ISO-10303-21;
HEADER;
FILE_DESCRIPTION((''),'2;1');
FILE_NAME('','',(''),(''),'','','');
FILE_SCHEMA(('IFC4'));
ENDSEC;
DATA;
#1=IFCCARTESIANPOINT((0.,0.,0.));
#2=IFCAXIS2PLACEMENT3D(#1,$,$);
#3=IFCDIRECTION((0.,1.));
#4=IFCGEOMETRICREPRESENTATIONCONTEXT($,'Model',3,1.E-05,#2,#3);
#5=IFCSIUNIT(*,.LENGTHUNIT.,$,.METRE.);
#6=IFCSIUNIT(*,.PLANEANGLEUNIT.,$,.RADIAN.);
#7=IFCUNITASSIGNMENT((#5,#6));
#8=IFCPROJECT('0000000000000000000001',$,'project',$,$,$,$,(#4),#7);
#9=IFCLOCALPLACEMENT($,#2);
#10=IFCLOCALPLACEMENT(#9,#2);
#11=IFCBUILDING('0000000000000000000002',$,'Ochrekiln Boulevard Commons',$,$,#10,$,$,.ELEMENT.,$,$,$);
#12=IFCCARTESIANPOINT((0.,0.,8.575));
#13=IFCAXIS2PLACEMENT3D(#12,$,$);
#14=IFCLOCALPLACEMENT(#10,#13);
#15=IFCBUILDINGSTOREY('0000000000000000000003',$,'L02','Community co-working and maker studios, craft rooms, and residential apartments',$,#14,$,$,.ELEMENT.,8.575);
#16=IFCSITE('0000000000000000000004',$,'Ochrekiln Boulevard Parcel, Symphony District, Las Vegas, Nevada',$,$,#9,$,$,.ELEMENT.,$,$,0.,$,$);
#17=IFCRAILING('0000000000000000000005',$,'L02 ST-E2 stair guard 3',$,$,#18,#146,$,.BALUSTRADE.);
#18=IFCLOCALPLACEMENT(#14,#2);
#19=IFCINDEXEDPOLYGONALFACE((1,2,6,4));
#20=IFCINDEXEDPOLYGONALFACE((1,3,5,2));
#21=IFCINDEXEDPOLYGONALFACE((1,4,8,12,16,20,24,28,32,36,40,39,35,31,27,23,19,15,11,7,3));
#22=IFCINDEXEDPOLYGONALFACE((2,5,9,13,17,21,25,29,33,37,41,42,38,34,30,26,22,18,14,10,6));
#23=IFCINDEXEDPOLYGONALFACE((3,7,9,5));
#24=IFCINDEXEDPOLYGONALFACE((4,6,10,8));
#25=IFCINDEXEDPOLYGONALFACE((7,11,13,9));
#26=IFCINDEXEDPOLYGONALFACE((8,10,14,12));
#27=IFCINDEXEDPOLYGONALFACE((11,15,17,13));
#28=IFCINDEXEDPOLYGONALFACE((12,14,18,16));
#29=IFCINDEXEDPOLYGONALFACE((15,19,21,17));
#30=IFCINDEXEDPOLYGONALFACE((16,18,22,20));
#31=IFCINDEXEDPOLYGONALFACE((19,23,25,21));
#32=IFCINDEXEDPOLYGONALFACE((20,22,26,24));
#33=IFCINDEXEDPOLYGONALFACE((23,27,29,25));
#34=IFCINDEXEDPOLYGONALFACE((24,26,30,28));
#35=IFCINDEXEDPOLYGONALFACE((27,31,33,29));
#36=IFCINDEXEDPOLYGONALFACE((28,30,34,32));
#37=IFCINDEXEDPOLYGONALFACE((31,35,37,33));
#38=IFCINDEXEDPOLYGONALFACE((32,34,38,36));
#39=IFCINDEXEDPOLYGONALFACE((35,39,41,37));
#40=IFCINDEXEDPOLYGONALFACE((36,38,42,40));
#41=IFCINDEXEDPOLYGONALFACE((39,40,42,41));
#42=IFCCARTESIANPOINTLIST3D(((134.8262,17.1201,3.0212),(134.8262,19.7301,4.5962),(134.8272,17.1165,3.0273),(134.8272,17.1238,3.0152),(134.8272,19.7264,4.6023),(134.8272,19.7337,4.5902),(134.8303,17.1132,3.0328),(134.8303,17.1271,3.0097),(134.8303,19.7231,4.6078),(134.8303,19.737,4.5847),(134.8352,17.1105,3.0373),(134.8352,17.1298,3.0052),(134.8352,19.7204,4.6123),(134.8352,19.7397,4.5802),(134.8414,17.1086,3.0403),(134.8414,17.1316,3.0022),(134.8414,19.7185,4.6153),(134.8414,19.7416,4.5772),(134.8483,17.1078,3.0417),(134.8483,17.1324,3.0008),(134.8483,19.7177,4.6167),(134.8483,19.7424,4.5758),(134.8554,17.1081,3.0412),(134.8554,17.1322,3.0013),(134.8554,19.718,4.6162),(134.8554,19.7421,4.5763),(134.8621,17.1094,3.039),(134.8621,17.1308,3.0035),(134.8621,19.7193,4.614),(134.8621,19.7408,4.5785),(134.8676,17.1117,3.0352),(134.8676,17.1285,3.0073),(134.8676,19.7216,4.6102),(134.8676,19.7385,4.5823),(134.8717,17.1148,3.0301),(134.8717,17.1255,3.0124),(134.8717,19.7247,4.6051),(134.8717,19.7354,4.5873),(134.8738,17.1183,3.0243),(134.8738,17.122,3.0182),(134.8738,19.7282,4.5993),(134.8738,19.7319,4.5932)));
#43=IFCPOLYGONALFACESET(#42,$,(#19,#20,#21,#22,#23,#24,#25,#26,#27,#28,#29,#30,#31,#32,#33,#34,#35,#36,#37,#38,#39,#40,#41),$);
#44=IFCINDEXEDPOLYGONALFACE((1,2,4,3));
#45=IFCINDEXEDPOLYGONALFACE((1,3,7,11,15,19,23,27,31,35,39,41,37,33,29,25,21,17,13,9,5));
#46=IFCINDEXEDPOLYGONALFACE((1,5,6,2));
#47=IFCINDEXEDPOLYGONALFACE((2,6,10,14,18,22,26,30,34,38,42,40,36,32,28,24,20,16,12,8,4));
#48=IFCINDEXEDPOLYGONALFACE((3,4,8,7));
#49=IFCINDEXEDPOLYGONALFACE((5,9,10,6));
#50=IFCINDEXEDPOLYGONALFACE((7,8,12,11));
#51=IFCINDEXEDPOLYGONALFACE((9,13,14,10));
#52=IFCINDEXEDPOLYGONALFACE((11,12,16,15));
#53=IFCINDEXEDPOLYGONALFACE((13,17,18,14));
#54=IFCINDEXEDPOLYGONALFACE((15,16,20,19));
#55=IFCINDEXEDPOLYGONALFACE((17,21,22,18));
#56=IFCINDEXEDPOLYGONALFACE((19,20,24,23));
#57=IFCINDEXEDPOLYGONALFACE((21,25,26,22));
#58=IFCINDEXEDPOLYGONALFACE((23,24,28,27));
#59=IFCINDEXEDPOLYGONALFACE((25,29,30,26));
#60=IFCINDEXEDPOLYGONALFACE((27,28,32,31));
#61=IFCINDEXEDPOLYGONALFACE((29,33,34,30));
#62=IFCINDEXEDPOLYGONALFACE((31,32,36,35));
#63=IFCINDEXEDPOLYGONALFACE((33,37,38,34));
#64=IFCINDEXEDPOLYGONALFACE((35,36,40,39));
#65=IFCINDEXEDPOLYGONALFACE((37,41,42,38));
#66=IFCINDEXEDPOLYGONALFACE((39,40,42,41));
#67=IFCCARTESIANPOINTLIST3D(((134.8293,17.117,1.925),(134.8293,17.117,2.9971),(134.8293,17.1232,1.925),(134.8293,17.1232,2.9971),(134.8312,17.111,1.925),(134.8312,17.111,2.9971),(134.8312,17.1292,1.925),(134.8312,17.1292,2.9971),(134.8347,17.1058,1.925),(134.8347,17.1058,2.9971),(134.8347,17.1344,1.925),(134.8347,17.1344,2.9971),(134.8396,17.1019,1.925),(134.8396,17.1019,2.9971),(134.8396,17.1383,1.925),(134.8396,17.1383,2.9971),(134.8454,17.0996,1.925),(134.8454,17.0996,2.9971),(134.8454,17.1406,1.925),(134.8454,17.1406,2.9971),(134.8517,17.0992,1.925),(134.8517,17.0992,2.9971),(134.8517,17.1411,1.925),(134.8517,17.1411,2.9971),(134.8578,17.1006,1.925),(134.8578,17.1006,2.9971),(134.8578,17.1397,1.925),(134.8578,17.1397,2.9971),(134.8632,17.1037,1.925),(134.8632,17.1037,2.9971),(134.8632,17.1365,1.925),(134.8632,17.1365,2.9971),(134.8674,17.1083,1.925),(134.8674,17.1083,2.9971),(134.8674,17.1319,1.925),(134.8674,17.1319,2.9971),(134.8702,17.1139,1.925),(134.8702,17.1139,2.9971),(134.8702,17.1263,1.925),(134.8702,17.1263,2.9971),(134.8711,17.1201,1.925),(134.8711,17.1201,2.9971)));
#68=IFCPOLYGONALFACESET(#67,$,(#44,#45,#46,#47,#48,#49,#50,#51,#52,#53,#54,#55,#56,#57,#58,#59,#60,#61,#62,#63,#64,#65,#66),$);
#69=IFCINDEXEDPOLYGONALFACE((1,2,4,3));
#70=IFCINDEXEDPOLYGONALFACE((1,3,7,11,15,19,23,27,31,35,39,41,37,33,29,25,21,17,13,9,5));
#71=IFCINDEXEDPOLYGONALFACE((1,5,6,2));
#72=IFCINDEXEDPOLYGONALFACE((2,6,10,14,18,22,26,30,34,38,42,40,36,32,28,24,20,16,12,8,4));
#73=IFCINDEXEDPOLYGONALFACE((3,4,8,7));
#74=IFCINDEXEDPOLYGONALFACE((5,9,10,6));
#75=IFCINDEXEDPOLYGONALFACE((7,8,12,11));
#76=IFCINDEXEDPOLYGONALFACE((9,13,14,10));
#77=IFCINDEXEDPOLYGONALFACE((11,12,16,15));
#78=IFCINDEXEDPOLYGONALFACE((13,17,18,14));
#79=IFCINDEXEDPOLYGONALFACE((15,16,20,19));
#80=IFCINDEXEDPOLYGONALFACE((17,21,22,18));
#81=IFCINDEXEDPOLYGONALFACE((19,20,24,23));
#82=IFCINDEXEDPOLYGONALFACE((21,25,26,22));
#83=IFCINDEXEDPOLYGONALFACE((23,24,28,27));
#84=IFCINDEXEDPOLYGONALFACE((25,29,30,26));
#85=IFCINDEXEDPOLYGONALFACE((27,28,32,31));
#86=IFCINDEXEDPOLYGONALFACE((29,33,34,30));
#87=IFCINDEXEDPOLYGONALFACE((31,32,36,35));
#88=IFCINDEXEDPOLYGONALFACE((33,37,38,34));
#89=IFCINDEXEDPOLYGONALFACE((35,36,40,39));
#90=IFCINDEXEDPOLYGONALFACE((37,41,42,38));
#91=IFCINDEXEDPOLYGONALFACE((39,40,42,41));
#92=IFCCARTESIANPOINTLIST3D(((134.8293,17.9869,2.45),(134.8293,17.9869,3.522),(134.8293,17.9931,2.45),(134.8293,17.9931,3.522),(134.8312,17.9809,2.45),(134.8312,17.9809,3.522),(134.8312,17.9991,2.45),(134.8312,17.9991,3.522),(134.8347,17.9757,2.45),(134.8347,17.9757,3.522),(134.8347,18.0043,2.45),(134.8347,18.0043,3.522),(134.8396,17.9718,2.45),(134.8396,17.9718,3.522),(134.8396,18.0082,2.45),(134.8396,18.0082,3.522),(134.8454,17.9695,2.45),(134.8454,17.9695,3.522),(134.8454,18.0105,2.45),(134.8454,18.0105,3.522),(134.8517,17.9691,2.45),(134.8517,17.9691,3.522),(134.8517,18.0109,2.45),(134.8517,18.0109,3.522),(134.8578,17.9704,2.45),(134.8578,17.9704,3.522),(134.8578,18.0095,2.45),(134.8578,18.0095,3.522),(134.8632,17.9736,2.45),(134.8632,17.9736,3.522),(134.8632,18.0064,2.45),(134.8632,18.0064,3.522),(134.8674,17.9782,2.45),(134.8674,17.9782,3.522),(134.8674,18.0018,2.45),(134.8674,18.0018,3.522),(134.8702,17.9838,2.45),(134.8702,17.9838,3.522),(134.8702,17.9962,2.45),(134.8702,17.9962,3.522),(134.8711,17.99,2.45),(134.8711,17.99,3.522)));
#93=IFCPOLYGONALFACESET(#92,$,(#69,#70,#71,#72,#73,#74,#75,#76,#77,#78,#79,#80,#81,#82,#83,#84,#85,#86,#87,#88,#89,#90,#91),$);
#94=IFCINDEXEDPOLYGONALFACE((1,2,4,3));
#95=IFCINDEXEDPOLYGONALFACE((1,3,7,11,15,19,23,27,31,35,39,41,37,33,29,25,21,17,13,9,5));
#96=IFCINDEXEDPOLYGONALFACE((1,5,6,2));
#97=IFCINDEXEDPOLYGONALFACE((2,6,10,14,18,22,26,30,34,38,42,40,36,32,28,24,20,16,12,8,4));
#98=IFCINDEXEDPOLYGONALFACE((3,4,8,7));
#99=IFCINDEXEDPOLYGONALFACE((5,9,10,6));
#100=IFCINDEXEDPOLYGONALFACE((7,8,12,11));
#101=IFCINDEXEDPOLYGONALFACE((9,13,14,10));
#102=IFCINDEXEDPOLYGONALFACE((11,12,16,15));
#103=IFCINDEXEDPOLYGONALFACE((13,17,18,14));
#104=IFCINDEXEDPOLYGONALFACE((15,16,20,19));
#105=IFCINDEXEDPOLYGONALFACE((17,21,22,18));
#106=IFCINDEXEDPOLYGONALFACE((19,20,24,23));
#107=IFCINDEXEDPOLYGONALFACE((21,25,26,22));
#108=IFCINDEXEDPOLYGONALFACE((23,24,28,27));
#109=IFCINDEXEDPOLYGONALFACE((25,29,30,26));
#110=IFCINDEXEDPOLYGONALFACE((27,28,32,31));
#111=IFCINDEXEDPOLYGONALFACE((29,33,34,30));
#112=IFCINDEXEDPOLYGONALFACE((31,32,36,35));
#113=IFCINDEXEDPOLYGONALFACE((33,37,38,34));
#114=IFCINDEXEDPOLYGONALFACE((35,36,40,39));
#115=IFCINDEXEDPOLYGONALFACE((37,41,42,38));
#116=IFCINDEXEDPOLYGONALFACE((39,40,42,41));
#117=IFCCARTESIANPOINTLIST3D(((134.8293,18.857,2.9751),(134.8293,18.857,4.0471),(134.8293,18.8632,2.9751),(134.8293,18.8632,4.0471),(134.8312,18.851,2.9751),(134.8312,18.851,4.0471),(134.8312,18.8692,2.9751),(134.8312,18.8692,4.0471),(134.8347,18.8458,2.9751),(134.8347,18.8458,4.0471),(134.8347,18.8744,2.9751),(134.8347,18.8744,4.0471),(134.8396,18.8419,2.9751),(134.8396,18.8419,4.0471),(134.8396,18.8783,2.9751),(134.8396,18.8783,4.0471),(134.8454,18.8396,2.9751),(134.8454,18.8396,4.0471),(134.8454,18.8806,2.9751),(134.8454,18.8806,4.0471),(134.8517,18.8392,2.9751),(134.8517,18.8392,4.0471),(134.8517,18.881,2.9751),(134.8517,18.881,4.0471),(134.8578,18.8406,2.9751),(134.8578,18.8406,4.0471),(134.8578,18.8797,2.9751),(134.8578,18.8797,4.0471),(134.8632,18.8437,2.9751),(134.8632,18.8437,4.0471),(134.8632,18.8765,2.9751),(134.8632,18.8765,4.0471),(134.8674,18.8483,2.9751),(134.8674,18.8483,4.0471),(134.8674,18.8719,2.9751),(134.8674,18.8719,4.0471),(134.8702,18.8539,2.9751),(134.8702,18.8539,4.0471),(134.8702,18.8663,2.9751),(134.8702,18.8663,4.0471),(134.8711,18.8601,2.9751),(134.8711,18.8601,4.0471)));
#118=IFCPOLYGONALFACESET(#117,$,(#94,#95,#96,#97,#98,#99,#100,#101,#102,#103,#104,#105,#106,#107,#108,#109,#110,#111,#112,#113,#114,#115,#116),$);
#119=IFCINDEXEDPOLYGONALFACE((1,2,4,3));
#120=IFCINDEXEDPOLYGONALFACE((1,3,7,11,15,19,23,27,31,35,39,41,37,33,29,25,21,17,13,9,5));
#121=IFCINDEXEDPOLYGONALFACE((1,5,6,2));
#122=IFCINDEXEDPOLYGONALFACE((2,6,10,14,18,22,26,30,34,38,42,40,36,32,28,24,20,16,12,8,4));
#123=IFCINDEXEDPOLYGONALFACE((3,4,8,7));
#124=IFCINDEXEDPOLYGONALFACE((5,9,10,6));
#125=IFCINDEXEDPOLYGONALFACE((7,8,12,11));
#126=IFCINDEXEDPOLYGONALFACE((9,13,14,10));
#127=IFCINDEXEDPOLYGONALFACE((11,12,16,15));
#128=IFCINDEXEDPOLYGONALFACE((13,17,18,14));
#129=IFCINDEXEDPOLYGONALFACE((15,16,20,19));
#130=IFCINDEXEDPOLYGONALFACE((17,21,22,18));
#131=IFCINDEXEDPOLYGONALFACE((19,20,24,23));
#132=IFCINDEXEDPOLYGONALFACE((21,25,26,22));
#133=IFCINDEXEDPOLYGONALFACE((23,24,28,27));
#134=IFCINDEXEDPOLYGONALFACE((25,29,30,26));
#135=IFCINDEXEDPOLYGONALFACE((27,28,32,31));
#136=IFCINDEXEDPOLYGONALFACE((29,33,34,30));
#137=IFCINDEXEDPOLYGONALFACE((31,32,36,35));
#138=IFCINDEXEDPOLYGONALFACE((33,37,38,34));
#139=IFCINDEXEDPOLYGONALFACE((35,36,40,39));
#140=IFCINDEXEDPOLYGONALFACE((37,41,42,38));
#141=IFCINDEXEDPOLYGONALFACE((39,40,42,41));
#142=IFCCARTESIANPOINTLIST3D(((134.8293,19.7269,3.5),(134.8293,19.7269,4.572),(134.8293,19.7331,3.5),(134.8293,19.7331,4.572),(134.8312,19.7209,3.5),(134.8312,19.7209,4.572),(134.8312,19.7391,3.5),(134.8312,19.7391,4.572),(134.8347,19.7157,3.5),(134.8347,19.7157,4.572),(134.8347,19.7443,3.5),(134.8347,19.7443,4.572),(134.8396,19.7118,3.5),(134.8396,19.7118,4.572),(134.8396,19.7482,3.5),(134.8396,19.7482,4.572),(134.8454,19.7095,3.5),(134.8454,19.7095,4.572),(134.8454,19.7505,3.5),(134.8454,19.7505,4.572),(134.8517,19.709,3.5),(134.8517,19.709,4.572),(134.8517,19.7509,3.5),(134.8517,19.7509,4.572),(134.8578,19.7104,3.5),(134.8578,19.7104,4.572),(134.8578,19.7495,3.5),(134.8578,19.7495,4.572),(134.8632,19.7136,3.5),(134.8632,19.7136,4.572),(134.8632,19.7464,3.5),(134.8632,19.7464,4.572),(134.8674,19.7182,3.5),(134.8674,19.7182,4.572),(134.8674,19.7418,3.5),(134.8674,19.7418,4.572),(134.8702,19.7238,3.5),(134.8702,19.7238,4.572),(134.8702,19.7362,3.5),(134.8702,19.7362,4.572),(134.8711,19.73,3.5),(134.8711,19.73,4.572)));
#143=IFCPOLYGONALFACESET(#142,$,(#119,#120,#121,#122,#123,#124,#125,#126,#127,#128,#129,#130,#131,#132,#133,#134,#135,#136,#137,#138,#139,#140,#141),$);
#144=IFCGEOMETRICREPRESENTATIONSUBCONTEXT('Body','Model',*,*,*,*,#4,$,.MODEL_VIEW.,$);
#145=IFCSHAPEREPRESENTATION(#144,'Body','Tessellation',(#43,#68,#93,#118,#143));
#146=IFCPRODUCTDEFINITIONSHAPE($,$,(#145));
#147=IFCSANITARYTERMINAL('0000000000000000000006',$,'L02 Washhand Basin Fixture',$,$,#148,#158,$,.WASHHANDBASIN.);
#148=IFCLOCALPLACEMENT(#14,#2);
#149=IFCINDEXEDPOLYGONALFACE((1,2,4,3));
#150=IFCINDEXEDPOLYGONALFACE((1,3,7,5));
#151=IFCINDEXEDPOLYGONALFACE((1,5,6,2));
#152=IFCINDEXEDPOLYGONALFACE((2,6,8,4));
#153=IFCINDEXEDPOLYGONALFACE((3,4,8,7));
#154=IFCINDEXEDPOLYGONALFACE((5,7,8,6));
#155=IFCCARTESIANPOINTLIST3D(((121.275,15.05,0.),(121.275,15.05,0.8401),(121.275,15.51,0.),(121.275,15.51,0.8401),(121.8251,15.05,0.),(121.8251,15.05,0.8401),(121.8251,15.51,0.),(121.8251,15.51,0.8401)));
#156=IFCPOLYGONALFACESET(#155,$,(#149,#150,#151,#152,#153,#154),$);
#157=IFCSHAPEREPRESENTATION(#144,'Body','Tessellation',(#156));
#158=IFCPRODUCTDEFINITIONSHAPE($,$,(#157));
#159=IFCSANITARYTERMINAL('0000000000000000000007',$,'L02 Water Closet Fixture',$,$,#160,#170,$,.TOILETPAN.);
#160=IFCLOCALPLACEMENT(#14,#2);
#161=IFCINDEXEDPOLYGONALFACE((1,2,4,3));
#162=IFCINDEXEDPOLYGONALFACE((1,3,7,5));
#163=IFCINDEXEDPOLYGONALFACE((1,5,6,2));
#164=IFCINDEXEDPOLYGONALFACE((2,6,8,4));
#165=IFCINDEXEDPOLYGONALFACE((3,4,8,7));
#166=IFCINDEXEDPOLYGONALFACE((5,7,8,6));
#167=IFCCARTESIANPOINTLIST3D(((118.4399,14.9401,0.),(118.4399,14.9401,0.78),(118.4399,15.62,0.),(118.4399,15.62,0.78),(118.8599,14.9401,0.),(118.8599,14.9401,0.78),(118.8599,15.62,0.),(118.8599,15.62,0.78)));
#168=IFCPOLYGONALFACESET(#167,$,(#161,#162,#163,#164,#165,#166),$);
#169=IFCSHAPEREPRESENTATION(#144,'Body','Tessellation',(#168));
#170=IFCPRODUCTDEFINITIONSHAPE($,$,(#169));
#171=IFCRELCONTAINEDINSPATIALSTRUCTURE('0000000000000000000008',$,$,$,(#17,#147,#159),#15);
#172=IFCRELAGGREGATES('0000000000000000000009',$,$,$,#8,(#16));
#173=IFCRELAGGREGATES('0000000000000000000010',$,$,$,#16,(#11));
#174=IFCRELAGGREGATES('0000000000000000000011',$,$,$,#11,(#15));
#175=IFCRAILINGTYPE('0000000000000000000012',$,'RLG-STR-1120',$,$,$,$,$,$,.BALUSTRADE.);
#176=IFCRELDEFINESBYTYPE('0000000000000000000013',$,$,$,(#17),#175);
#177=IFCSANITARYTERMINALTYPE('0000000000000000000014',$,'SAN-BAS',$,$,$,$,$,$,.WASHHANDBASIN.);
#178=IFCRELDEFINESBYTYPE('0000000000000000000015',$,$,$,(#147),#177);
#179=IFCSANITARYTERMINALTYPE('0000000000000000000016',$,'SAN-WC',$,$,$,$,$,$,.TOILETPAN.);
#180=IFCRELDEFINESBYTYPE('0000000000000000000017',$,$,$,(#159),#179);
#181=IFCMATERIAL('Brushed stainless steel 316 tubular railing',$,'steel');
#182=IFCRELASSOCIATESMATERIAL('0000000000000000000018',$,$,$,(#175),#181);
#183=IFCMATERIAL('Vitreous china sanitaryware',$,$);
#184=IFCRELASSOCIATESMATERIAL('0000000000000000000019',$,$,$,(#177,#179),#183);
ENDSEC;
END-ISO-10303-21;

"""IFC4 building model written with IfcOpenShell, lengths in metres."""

from ifc_helpers import new_model, si_unit, direction, frame, origin, origin_2d, place, context, subcontext, project, spatial, rectangle, circle, extrude, material, type_object, element, save


model = new_model("IFC4")

# Units and contexts
model_context = context("Model", 3, precision=1e-05, world=origin(), true_north=direction((0.0, 1.0)))
body_context = subcontext(model_context, "Body", "Model", "MODEL_VIEW")
ifc_project = project(units=[si_unit("LENGTHUNIT", "METRE"), si_unit("PLANEANGLEUNIT", "RADIAN")], contexts=[model_context])

# Site, building, storey
site_placement = place(None, origin())
site = spatial("IfcSite", under=ifc_project, at=site_placement, Name="Ochrekiln Boulevard Parcel, Symphony District, Las Vegas, Nevada", CompositionType="ELEMENT", RefElevation=0.0)
building_placement = place(site_placement, origin())
building = spatial("IfcBuilding", under=site, at=building_placement, Name="Ochrekiln Boulevard Commons", CompositionType="ELEMENT")
storey_placement = place(building_placement, frame((0.0, 0.0, 8.575)))
storey = spatial("IfcBuildingStorey", under=building, at=storey_placement, Name="L02", Description="Community co-working and maker studios, craft rooms, and residential apartments", CompositionType="ELEMENT", Elevation=8.575)

# Railing
ifc_material_1 = material(Name="Brushed stainless steel 316 tubular railing", Category="steel")
railing_type_1 = type_object("IfcRailingType", Name="RLG-STR-1120", PredefinedType="BALUSTRADE", material=ifc_material_1)
railing_1_placement = place(storey_placement, frame((134.8501, 17.1201, 1.925)))
element("IfcRailing", 1, at=railing_1_placement, inside=storey, type_object=railing_type_1, Name="L02 ST-E2 stair guard 3", PredefinedType="BALUSTRADE", context=body_context, shape_type="SweptSolid", body=[
    extrude(circle(Radius=0.0239, at=origin_2d()), frame((0.0, 0.0, 1.0962), z_axis=(0.0, 0.856183, 0.516673), x_axis=(-1.0, 0.0, 0.0)), (0.0, 0.0, 1.0), 3.0483),
    extrude(circle(Radius=0.021, at=origin_2d()), origin(), (0.0, 0.0, 1.0), 1.072),
    extrude(circle(Radius=0.021, at=origin_2d()), frame((0.0, 0.8699, 0.5249)), (0.0, 0.0, 1.0), 1.072),
    extrude(circle(Radius=0.021, at=origin_2d()), frame((0.0, 1.74, 1.05)), (0.0, 0.0, 1.0), 1.072),
    extrude(circle(Radius=0.021, at=origin_2d()), frame((0.0, 2.6099, 1.575)), (0.0, 0.0, 1.0), 1.072),
])

# Sanitary terminals
ifc_material_2 = material(Name="Vitreous china sanitaryware")
sanitary_terminal_type_1 = type_object("IfcSanitaryTerminalType", Name="SAN-BAS", PredefinedType="WASHHANDBASIN", material=ifc_material_2)
sanitary_terminal_1_placement = place(storey_placement, frame((121.55, 15.28, 0.0), z_axis=(0.0, 0.0, 1.0), x_axis=(1.0, 0.0, 0.0)))
element("IfcSanitaryTerminal", 2, at=sanitary_terminal_1_placement, inside=storey, type_object=sanitary_terminal_type_1, Name="L02 Washhand Basin Fixture", PredefinedType="WASHHANDBASIN", context=body_context, shape_type="SweptSolid", body=[
    extrude(rectangle(XDim=0.55, YDim=0.46, at=origin_2d()), origin(), (0.0, 0.0, 1.0), 0.8401),
])
sanitary_terminal_type_2 = type_object("IfcSanitaryTerminalType", Name="SAN-WC", PredefinedType="TOILETPAN", material=ifc_material_2)
sanitary_terminal_2_placement = place(storey_placement, frame((118.6499, 15.28, 0.0), z_axis=(0.0, 0.0, 1.0), x_axis=(1.0, 0.0, 0.0)))
element("IfcSanitaryTerminal", 3, at=sanitary_terminal_2_placement, inside=storey, type_object=sanitary_terminal_type_2, Name="L02 Water Closet Fixture", PredefinedType="TOILETPAN", context=body_context, shape_type="SweptSolid", body=[
    extrude(rectangle(XDim=0.4199, YDim=0.6799, at=origin_2d()), origin(), (0.0, 0.0, 1.0), 0.78),
])

save(model, "model.ifc")
